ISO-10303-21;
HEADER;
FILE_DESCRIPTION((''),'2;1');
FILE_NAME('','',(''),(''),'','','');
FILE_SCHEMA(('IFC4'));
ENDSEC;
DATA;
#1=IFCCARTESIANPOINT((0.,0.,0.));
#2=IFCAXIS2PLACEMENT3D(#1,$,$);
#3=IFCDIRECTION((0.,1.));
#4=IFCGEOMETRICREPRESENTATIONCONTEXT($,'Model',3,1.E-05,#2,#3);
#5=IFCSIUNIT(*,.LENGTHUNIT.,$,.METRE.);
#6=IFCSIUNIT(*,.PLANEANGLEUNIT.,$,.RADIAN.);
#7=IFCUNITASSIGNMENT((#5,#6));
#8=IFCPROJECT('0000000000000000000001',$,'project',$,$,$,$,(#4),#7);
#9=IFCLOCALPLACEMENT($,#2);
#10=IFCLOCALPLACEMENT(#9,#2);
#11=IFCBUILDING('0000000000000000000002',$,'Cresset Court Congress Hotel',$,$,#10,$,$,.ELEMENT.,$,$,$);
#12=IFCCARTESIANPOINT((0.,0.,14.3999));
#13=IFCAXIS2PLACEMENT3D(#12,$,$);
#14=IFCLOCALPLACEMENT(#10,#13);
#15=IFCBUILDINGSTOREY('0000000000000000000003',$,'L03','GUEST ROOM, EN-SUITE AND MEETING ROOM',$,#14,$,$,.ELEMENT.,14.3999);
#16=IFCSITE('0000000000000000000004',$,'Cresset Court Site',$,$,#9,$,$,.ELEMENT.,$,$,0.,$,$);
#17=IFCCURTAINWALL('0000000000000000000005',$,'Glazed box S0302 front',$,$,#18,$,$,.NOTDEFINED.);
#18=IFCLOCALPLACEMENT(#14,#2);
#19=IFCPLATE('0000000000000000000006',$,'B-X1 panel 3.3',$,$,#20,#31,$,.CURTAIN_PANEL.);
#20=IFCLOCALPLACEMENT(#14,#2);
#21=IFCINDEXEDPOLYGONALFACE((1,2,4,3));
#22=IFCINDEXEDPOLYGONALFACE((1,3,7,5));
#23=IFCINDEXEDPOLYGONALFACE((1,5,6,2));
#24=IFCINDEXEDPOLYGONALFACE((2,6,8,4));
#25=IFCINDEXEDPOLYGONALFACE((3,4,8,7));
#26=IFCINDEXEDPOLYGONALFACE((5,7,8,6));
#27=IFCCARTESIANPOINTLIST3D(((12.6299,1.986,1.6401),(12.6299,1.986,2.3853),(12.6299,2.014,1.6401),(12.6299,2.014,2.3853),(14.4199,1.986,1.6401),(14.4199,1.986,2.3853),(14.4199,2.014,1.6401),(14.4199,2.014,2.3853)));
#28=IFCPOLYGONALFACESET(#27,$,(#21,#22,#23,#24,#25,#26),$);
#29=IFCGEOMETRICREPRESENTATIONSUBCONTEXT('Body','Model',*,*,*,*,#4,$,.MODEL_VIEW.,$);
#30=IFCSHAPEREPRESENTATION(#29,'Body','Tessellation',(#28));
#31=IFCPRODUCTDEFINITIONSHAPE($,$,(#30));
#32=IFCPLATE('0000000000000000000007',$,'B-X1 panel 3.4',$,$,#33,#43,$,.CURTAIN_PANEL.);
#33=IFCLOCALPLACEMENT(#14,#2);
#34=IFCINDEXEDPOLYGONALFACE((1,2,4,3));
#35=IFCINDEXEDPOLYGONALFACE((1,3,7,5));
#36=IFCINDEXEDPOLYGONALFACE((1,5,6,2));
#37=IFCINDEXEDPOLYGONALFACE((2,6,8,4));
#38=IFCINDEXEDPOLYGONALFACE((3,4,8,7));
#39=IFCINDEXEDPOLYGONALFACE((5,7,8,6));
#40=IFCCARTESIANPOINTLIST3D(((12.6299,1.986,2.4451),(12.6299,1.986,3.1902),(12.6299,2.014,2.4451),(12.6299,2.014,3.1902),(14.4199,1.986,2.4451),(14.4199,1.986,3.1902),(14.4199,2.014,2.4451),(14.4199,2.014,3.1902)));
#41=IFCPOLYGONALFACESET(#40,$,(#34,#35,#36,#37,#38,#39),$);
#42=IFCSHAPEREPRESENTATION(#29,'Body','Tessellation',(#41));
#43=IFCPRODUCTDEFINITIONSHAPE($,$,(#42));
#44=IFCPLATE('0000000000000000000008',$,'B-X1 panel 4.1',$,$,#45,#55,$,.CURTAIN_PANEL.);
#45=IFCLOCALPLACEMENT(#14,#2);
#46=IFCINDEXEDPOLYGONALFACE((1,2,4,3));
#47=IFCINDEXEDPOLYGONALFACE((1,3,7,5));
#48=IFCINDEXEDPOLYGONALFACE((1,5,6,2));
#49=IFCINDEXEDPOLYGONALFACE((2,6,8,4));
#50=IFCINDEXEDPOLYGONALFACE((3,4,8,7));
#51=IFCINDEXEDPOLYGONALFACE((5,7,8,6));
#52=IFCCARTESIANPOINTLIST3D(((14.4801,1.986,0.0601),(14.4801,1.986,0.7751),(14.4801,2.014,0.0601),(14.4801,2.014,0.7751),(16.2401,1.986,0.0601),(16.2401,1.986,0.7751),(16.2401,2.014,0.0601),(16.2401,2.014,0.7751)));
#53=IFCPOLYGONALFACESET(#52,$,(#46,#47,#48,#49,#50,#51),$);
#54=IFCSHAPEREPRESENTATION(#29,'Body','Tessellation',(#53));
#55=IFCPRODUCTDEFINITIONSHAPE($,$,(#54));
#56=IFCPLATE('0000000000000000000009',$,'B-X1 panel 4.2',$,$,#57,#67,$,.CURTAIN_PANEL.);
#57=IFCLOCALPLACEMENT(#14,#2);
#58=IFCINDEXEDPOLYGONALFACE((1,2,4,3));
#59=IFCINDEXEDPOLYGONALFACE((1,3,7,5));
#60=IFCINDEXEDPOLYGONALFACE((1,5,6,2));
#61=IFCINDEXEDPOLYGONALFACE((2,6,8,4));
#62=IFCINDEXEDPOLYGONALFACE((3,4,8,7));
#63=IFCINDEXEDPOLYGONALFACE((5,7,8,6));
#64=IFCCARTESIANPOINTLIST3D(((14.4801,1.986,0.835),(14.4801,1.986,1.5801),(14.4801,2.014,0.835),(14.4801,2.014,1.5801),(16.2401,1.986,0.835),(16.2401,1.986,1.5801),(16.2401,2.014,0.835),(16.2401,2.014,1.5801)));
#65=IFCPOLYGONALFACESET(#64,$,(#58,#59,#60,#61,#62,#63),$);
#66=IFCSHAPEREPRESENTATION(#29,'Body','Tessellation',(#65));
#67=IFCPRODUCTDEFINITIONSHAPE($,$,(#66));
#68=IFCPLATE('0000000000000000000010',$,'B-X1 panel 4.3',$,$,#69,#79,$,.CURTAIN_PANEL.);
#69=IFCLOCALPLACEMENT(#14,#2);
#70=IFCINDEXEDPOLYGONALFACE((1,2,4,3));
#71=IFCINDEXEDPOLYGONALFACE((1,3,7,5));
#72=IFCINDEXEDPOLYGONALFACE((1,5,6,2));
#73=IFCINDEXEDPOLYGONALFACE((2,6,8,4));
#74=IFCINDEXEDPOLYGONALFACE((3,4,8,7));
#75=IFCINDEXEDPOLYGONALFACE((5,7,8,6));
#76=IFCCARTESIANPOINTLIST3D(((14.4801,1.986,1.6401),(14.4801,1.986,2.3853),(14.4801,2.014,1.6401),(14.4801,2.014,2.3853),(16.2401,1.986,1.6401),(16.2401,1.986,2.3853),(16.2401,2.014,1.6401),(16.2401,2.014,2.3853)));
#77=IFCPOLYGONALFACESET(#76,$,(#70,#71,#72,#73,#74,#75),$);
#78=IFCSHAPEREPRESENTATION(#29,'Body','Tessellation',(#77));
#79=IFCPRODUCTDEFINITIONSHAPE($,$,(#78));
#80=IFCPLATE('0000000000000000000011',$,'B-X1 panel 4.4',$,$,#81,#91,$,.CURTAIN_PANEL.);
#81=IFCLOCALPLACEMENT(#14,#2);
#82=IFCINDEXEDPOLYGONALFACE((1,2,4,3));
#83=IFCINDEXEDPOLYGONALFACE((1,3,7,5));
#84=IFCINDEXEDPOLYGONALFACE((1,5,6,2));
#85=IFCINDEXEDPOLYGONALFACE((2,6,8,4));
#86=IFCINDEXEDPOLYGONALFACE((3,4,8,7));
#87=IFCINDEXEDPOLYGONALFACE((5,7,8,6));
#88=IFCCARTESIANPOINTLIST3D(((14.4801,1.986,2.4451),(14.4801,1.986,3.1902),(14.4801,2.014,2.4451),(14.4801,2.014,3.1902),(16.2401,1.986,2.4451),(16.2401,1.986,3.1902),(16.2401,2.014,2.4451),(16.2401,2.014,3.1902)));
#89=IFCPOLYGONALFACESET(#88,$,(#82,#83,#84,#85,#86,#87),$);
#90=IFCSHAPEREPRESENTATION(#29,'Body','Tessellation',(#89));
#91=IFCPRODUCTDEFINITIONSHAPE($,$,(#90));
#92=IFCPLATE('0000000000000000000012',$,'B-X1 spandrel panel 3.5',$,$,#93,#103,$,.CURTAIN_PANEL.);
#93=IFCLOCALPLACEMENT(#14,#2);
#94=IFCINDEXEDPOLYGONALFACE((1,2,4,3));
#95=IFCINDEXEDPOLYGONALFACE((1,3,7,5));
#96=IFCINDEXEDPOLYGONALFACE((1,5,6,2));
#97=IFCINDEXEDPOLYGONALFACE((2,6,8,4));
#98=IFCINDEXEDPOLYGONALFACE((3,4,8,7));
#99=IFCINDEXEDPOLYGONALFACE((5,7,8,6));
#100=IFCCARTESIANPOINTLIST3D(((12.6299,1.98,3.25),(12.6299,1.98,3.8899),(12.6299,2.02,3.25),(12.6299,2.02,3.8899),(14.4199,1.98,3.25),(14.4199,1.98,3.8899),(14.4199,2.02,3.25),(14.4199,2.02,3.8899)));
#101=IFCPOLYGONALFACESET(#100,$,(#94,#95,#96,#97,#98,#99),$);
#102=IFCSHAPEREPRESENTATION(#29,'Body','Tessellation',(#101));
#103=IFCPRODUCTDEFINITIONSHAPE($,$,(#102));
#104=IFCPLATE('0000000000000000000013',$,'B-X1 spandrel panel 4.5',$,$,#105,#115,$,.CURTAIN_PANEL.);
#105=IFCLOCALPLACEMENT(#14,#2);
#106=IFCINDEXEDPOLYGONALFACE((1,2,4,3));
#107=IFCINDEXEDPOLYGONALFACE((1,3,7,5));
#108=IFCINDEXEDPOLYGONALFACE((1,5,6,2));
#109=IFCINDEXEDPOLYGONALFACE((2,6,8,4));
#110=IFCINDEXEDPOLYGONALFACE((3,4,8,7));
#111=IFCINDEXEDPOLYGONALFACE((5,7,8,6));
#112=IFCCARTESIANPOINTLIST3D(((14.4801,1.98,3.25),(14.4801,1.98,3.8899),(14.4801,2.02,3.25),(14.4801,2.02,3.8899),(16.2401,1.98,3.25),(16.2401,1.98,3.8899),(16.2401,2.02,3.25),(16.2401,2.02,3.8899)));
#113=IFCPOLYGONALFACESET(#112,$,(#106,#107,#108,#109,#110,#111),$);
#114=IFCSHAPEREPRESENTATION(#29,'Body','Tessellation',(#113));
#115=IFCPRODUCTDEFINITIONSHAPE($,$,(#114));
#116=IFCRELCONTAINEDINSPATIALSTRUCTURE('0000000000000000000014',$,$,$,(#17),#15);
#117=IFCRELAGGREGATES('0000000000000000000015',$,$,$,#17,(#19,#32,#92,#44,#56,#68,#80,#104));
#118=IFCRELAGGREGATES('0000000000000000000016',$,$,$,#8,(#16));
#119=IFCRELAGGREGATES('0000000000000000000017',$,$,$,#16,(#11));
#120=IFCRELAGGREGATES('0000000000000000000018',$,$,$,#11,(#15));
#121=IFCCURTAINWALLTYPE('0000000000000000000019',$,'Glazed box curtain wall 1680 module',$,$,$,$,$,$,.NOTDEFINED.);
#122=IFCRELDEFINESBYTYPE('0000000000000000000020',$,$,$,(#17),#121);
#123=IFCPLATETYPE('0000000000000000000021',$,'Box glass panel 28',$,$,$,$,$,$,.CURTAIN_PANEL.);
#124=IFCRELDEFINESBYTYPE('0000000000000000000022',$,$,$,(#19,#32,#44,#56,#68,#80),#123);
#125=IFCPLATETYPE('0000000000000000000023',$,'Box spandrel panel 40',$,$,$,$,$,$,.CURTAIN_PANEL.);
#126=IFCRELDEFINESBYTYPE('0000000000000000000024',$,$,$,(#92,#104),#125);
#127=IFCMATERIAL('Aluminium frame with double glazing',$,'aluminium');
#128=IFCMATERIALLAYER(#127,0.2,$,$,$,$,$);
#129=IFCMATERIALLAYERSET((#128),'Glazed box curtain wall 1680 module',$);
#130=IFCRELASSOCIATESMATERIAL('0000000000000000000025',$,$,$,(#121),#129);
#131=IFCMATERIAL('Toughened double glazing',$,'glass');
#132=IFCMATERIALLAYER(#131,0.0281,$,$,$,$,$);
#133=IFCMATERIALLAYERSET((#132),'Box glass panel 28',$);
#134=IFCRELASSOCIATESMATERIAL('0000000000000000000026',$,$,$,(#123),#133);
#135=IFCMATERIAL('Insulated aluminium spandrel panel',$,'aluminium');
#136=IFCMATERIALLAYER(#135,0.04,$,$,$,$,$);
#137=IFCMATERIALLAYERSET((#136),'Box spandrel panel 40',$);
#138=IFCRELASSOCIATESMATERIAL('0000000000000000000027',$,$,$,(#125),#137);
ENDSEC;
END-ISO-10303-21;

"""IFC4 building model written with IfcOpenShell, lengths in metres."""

from ifc_helpers import new_model, si_unit, direction, frame, origin, origin_2d, place, context, subcontext, project, spatial, rectangle, extrude, material, layer, layer_set, type_object, element, aggregate, save


model = new_model("IFC4")

# Units and contexts
model_context = context("Model", 3, precision=1e-05, world=origin(), true_north=direction((0.0, 1.0)))
body_context = subcontext(model_context, "Body", "Model", "MODEL_VIEW")
ifc_project = project(units=[si_unit("LENGTHUNIT", "METRE"), si_unit("PLANEANGLEUNIT", "RADIAN")], contexts=[model_context])

# Site, building, storey
site_placement = place(None, origin())
site = spatial("IfcSite", under=ifc_project, at=site_placement, Name="Cresset Court Site", CompositionType="ELEMENT", RefElevation=0.0)
building_placement = place(site_placement, origin())
building = spatial("IfcBuilding", under=site, at=building_placement, Name="Cresset Court Congress Hotel", CompositionType="ELEMENT")
storey_placement = place(building_placement, frame((0.0, 0.0, 14.3999)))
storey = spatial("IfcBuildingStorey", under=building, at=storey_placement, Name="L03", Description="GUEST ROOM, EN-SUITE AND MEETING ROOM", CompositionType="ELEMENT", Elevation=14.3999)

# Curtain wall, plates
ifc_material_1 = material(Name="Aluminium frame with double glazing", Category="aluminium")
ifc_layer_1 = layer(ifc_material_1, 0.2)
ifc_layer_set_1 = layer_set([ifc_layer_1], Name="Glazed box curtain wall 1680 module")
curtain_wall_type = type_object("IfcCurtainWallType", Name="Glazed box curtain wall 1680 module", PredefinedType="NOTDEFINED", material=ifc_layer_set_1)
curtain_wall_placement = place(storey_placement, origin())
curtain_wall = element("IfcCurtainWall", 1, at=curtain_wall_placement, inside=storey, type_object=curtain_wall_type, Name="Glazed box S0302 front", PredefinedType="NOTDEFINED")
ifc_material_2 = material(Name="Toughened double glazing", Category="glass")
ifc_layer_2 = layer(ifc_material_2, 0.0281)
ifc_layer_set_2 = layer_set([ifc_layer_2], Name="Box glass panel 28")
plate_type_1 = type_object("IfcPlateType", Name="Box glass panel 28", PredefinedType="CURTAIN_PANEL", material=ifc_layer_set_2)
plate_1_placement = place(storey_placement, frame((13.5249, 2.0, 1.6401), z_axis=(0.0, 0.0, 1.0), x_axis=(1.0, 0.0, 0.0)))
plate_1 = element("IfcPlate", 2, at=plate_1_placement, type_object=plate_type_1, Name="B-X1 panel 3.3", PredefinedType="CURTAIN_PANEL", context=body_context, shape_type="SweptSolid", body=[
    extrude(rectangle(XDim=1.79, YDim=0.0281, at=origin_2d()), origin(), (0.0, 0.0, 1.0), 0.7451),
])
plate_2_placement = place(storey_placement, frame((13.5249, 2.0, 2.4451), z_axis=(0.0, 0.0, 1.0), x_axis=(1.0, 0.0, 0.0)))
plate_2 = element("IfcPlate", 3, at=plate_2_placement, type_object=plate_type_1, Name="B-X1 panel 3.4", PredefinedType="CURTAIN_PANEL", context=body_context, shape_type="SweptSolid", body=[
    extrude(rectangle(XDim=1.79, YDim=0.0281, at=origin_2d()), origin(), (0.0, 0.0, 1.0), 0.7451),
])
plate_3_placement = place(storey_placement, frame((15.3601, 2.0, 0.0601), z_axis=(0.0, 0.0, 1.0), x_axis=(1.0, 0.0, 0.0)))
plate_3 = element("IfcPlate", 4, at=plate_3_placement, type_object=plate_type_1, Name="B-X1 panel 4.1", PredefinedType="CURTAIN_PANEL", context=body_context, shape_type="SweptSolid", body=[
    extrude(rectangle(XDim=1.76, YDim=0.0281, at=origin_2d()), origin(), (0.0, 0.0, 1.0), 0.7151),
])
plate_4_placement = place(storey_placement, frame((15.3601, 2.0, 0.835), z_axis=(0.0, 0.0, 1.0), x_axis=(1.0, 0.0, 0.0)))
plate_4 = element("IfcPlate", 5, at=plate_4_placement, type_object=plate_type_1, Name="B-X1 panel 4.2", PredefinedType="CURTAIN_PANEL", context=body_context, shape_type="SweptSolid", body=[
    extrude(rectangle(XDim=1.76, YDim=0.0281, at=origin_2d()), origin(), (0.0, 0.0, 1.0), 0.7451),
])
plate_5_placement = place(storey_placement, frame((15.3601, 2.0, 1.6401), z_axis=(0.0, 0.0, 1.0), x_axis=(1.0, 0.0, 0.0)))
plate_5 = element("IfcPlate", 6, at=plate_5_placement, type_object=plate_type_1, Name="B-X1 panel 4.3", PredefinedType="CURTAIN_PANEL", context=body_context, shape_type="SweptSolid", body=[
    extrude(rectangle(XDim=1.76, YDim=0.0281, at=origin_2d()), origin(), (0.0, 0.0, 1.0), 0.7451),
])
plate_6_placement = place(storey_placement, frame((15.3601, 2.0, 2.4451), z_axis=(0.0, 0.0, 1.0), x_axis=(1.0, 0.0, 0.0)))
plate_6 = element("IfcPlate", 7, at=plate_6_placement, type_object=plate_type_1, Name="B-X1 panel 4.4", PredefinedType="CURTAIN_PANEL", context=body_context, shape_type="SweptSolid", body=[
    extrude(rectangle(XDim=1.76, YDim=0.0281, at=origin_2d()), origin(), (0.0, 0.0, 1.0), 0.7451),
])
ifc_material_3 = material(Name="Insulated aluminium spandrel panel", Category="aluminium")
ifc_layer_3 = layer(ifc_material_3, 0.04)
ifc_layer_set_3 = layer_set([ifc_layer_3], Name="Box spandrel panel 40")
plate_type_2 = type_object("IfcPlateType", Name="Box spandrel panel 40", PredefinedType="CURTAIN_PANEL", material=ifc_layer_set_3)
plate_7_placement = place(storey_placement, frame((13.5249, 2.0, 3.25), z_axis=(0.0, 0.0, 1.0), x_axis=(1.0, 0.0, 0.0)))
plate_7 = element("IfcPlate", 8, at=plate_7_placement, type_object=plate_type_2, Name="B-X1 spandrel panel 3.5", PredefinedType="CURTAIN_PANEL", context=body_context, shape_type="SweptSolid", body=[
    extrude(rectangle(XDim=1.79, YDim=0.04, at=origin_2d()), origin(), (0.0, 0.0, 1.0), 0.6399),
])
plate_8_placement = place(storey_placement, frame((15.3601, 2.0, 3.25), z_axis=(0.0, 0.0, 1.0), x_axis=(1.0, 0.0, 0.0)))
plate_8 = element("IfcPlate", 9, at=plate_8_placement, type_object=plate_type_2, Name="B-X1 spandrel panel 4.5", PredefinedType="CURTAIN_PANEL", context=body_context, shape_type="SweptSolid", body=[
    extrude(rectangle(XDim=1.76, YDim=0.04, at=origin_2d()), origin(), (0.0, 0.0, 1.0), 0.6399),
])
aggregate(curtain_wall, [plate_1, plate_2, plate_7, plate_3, plate_4, plate_5, plate_6, plate_8])

save(model, "model.ifc")
